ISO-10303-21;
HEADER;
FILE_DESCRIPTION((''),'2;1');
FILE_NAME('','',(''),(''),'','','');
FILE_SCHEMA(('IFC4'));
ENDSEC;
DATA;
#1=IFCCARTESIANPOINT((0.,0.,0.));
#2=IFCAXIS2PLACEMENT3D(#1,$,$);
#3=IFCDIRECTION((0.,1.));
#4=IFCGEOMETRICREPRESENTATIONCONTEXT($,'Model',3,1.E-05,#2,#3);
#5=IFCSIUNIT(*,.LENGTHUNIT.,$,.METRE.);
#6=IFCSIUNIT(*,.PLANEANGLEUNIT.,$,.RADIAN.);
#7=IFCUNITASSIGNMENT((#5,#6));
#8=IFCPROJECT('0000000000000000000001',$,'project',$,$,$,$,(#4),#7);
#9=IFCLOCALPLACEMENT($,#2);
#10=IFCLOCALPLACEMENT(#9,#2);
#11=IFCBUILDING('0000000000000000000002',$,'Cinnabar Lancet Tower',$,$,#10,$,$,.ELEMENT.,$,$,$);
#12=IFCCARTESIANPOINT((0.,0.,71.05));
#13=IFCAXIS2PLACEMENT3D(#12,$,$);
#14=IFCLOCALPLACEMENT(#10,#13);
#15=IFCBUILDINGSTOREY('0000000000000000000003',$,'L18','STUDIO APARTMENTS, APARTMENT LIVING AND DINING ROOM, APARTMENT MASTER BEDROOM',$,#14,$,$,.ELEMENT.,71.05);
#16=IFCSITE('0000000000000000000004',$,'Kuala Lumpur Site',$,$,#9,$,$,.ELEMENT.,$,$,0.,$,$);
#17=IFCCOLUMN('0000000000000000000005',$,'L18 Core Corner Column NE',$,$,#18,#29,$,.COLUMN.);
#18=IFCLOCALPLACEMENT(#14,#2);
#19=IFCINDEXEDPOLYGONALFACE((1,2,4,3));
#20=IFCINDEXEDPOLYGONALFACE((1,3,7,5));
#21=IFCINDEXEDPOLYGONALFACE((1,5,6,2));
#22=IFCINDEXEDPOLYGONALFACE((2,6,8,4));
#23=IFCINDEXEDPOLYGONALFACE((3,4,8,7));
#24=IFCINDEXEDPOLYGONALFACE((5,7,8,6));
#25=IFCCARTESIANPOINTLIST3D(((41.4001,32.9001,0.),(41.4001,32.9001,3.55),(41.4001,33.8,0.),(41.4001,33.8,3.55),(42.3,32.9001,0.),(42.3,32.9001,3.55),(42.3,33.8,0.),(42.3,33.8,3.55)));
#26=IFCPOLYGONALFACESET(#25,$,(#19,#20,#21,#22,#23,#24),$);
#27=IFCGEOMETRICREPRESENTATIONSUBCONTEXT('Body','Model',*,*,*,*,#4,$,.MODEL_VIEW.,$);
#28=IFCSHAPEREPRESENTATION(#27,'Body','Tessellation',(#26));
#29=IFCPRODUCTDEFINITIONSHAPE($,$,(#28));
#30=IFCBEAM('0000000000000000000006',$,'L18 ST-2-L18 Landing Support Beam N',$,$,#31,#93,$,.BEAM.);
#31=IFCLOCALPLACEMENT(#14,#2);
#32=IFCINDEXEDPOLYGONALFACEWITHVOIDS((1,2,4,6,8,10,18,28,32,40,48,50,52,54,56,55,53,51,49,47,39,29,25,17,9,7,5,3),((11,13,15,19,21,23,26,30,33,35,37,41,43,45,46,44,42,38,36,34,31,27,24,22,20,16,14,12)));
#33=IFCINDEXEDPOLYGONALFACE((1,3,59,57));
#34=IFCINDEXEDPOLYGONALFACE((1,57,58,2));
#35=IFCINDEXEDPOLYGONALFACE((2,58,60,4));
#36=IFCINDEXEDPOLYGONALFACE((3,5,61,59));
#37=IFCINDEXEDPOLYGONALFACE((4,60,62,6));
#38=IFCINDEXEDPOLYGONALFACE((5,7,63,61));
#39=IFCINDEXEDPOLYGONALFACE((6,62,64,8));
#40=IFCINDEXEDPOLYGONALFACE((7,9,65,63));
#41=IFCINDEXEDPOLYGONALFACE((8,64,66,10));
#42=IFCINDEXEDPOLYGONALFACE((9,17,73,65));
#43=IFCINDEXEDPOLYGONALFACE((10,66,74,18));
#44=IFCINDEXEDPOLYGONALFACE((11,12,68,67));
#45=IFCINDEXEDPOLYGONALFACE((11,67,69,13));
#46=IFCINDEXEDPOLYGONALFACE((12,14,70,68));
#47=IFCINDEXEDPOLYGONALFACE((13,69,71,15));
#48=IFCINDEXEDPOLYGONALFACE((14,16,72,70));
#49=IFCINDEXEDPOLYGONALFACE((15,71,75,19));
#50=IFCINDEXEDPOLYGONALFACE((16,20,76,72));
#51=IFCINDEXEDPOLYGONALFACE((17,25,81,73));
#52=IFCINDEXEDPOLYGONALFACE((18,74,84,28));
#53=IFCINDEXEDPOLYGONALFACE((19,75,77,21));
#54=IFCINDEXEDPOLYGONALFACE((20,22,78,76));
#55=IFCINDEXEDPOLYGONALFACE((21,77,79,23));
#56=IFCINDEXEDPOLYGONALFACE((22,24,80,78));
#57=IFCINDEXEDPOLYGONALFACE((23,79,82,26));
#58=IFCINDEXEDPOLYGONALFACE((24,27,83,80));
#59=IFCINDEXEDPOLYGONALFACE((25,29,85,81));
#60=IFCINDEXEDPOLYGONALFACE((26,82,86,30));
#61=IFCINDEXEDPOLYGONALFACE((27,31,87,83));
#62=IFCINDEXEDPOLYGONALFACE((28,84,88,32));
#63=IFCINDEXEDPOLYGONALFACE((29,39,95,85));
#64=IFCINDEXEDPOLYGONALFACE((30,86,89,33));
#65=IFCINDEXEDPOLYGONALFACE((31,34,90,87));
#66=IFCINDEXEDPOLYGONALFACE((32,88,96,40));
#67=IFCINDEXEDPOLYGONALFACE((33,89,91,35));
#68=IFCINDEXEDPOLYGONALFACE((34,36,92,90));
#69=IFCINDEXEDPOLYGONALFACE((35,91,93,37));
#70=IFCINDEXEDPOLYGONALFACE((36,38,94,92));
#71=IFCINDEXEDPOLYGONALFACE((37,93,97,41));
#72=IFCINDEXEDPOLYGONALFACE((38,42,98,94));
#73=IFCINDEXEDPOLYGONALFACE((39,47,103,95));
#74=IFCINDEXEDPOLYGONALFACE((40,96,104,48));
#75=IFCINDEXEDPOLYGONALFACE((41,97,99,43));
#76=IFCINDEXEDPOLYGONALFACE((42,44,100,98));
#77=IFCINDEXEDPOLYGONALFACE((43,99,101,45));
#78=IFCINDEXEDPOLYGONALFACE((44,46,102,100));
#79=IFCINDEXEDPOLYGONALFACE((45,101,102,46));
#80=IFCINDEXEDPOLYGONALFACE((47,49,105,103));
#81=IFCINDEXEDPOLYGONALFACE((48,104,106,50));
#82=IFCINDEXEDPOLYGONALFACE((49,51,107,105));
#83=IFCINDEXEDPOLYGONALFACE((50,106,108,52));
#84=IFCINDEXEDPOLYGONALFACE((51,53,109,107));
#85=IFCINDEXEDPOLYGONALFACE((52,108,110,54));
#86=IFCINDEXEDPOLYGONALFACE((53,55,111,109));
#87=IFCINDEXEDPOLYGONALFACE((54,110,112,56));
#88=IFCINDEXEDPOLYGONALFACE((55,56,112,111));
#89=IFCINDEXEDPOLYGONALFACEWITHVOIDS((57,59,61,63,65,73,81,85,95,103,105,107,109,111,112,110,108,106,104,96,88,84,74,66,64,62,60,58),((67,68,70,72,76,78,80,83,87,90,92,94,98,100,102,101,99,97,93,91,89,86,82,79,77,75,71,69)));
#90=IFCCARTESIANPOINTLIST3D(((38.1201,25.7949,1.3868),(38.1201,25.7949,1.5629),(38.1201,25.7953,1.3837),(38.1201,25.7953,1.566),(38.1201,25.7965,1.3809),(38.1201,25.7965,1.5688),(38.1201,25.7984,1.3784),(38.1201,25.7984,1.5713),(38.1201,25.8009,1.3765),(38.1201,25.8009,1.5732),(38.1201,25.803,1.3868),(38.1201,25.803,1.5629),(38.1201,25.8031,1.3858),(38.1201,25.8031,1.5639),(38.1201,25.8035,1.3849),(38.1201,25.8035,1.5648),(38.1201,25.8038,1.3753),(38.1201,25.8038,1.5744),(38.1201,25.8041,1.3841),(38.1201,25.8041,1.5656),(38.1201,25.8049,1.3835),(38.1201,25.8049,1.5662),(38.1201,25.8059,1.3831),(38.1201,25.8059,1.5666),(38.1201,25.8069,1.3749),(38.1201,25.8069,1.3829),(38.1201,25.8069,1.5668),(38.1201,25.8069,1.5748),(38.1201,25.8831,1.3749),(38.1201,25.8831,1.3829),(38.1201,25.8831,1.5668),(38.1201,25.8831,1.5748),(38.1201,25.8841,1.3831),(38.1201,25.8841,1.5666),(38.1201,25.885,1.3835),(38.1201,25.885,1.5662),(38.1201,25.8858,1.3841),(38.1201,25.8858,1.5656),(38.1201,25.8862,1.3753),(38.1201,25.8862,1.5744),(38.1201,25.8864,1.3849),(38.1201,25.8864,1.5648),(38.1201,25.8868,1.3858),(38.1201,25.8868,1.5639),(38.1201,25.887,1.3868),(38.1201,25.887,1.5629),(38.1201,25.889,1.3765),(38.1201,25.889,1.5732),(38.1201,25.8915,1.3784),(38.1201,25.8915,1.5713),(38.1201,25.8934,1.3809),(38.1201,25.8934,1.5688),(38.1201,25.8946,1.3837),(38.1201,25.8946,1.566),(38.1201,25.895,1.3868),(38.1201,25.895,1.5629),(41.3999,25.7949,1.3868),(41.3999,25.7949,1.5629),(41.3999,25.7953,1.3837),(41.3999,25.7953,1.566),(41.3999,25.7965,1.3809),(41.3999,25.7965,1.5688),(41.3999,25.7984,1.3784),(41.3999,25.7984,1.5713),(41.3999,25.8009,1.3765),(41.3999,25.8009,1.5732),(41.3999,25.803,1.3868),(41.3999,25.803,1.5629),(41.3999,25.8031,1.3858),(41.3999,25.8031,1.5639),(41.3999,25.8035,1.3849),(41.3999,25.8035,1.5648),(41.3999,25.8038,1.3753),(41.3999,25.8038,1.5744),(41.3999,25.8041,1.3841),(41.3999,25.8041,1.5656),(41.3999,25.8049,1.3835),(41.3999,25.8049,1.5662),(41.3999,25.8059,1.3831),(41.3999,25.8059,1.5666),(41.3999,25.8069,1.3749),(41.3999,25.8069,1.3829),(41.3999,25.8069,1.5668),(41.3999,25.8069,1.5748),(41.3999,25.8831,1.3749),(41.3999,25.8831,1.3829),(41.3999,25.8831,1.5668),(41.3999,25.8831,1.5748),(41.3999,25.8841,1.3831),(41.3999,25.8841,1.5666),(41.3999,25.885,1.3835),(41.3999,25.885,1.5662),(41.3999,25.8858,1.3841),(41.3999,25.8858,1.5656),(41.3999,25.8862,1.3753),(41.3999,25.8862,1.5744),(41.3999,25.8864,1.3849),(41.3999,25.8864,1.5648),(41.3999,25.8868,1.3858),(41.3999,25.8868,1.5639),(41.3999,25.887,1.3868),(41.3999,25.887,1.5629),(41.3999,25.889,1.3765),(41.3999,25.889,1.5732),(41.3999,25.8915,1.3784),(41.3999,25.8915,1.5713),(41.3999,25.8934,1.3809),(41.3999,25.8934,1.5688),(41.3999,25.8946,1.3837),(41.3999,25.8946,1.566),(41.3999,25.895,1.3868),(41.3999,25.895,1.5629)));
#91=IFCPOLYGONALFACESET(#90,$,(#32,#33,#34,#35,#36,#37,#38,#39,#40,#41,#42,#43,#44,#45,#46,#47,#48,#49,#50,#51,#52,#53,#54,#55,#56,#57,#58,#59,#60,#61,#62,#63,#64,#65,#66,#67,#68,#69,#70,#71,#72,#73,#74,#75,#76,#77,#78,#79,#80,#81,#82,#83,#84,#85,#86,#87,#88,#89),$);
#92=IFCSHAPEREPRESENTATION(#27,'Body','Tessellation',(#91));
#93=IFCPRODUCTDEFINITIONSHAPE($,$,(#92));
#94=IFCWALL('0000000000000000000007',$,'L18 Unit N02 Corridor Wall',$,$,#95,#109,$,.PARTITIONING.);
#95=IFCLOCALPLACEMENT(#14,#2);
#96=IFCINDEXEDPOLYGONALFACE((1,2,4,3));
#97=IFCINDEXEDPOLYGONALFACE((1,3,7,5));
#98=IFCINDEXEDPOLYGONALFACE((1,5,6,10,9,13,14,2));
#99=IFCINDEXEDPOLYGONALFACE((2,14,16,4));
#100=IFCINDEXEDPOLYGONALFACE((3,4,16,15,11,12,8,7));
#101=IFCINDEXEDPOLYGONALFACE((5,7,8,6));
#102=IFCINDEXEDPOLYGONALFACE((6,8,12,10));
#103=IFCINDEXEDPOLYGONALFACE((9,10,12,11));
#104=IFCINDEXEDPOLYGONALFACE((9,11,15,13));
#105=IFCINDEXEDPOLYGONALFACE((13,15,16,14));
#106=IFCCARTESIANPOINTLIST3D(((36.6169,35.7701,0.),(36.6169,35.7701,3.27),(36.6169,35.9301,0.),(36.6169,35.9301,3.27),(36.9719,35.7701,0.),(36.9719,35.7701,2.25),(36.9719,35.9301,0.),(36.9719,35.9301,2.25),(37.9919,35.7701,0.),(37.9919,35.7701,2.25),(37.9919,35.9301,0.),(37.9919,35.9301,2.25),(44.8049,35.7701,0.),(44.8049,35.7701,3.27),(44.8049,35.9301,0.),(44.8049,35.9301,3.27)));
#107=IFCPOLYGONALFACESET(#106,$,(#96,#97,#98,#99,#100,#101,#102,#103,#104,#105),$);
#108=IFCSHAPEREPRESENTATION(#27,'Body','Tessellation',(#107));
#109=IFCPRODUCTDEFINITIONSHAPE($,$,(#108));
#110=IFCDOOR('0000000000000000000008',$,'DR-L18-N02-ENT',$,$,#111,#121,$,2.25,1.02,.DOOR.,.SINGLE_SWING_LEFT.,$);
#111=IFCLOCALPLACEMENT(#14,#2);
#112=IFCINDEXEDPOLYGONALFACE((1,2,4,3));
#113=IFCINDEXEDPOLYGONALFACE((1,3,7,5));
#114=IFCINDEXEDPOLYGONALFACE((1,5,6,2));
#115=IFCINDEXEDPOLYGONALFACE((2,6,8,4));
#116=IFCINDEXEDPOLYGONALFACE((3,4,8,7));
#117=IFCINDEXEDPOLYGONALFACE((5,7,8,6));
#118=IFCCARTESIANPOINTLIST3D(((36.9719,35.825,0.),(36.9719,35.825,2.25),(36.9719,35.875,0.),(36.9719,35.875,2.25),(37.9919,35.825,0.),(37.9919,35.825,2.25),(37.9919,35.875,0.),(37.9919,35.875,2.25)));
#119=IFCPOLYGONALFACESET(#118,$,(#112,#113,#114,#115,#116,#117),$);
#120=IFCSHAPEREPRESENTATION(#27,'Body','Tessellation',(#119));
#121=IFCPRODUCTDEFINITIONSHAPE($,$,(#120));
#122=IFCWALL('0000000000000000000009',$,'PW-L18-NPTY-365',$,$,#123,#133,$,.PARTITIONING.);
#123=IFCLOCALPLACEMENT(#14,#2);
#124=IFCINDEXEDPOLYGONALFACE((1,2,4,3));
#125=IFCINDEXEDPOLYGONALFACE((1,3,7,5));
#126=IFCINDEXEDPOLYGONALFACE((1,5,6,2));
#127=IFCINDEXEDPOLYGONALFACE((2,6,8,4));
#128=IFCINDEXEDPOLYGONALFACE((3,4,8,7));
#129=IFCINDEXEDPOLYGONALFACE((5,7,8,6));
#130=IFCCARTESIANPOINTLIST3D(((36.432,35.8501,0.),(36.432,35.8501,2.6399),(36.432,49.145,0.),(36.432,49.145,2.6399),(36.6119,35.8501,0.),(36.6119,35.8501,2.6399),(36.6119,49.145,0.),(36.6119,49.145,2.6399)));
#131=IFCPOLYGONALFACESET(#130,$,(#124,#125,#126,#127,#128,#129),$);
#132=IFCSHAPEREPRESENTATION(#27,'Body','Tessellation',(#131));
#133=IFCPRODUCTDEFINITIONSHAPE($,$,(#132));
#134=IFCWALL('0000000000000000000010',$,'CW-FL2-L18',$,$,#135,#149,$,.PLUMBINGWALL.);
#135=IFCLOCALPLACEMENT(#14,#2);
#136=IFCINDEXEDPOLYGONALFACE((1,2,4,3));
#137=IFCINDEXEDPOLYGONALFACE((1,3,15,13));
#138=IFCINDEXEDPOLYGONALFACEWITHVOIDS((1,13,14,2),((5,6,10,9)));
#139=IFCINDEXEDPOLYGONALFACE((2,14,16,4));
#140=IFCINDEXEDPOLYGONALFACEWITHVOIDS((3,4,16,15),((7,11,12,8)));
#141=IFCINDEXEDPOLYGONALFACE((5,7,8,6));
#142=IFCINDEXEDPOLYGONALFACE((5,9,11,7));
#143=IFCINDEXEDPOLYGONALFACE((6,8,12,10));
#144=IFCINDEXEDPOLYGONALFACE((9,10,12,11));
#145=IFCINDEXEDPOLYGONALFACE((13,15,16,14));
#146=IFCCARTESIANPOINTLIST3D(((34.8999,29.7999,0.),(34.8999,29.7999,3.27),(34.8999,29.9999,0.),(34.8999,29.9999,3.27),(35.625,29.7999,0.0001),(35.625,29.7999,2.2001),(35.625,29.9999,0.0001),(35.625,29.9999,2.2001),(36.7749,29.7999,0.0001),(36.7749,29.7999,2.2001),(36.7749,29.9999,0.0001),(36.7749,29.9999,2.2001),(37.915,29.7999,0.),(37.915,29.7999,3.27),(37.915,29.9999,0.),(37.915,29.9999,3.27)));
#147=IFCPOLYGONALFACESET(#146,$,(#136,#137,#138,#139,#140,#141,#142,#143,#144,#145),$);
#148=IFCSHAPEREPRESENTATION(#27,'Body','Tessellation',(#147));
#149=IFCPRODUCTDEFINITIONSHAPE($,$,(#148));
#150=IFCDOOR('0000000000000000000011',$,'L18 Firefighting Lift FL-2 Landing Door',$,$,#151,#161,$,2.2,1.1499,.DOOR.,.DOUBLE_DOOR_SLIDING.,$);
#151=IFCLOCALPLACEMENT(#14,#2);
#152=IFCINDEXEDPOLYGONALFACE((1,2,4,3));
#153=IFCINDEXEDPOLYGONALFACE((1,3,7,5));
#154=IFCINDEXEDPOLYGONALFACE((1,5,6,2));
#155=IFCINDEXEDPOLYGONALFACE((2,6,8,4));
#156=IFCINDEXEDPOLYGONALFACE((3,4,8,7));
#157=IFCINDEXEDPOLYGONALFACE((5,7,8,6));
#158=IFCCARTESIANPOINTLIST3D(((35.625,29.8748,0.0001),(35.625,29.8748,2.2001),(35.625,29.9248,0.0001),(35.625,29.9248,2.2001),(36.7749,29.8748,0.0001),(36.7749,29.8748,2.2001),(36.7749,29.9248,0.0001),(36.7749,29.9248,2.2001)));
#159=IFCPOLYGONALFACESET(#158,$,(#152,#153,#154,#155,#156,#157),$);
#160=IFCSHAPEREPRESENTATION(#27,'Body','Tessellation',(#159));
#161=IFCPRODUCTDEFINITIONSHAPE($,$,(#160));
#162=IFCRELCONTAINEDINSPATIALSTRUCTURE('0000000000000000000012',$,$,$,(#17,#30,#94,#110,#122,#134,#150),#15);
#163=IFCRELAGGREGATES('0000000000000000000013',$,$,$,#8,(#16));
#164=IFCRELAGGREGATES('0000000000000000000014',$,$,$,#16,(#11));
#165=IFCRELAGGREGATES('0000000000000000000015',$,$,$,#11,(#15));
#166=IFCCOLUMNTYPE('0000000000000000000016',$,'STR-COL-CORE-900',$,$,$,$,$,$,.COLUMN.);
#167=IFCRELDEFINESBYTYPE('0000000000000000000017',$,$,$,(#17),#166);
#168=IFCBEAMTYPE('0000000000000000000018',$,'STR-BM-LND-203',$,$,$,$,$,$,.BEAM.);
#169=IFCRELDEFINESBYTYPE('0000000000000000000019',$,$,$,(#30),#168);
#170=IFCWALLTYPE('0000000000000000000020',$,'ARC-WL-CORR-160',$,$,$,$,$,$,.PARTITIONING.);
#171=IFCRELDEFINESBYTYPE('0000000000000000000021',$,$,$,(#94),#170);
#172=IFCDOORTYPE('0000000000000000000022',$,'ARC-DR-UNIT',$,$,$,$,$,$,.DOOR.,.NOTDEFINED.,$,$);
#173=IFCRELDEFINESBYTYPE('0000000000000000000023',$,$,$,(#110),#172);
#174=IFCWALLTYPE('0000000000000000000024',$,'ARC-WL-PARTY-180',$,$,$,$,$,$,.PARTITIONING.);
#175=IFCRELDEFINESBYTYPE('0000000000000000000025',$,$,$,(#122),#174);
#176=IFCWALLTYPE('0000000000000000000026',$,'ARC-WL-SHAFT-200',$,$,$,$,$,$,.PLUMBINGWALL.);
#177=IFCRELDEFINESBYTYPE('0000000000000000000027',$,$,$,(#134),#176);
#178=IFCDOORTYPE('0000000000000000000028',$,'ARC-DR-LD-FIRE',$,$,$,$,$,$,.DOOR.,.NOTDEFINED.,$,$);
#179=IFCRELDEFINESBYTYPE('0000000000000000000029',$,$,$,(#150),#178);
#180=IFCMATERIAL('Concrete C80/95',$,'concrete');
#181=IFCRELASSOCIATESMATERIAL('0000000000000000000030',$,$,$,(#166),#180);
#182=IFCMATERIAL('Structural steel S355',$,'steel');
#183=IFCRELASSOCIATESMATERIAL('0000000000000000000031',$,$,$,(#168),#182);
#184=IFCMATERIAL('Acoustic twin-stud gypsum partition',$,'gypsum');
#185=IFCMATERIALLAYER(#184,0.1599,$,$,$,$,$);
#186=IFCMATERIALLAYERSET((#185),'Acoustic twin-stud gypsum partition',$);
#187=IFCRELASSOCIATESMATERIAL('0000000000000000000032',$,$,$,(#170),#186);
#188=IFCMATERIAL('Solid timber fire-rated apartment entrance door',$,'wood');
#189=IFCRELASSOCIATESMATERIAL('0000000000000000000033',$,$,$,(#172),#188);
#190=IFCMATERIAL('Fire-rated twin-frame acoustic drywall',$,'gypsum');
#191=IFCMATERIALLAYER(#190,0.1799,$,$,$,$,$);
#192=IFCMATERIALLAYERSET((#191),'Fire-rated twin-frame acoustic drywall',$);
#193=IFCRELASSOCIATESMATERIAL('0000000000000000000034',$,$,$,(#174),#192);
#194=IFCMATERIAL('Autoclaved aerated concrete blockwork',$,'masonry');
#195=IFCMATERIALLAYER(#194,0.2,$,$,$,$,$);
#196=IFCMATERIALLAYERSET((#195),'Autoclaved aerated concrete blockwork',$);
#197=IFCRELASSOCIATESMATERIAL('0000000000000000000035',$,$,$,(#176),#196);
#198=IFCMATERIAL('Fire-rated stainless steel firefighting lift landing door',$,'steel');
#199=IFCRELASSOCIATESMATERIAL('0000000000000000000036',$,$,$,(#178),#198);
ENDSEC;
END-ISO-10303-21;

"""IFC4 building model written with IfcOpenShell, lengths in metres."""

from ifc_helpers import new_model, si_unit, direction, frame, frame_2d, origin, origin_2d, place, context, subcontext, project, spatial, rectangle, hollow_rectangle, extrude, material, layer, layer_set, material_profile, profile_set, type_object, element, fill, save


model = new_model("IFC4")

# Units and contexts
model_context = context("Model", 3, precision=1e-05, world=origin(), true_north=direction((0.0, 1.0)))
body_context = subcontext(model_context, "Body", "Model", "MODEL_VIEW")
ifc_project = project(units=[si_unit("LENGTHUNIT", "METRE"), si_unit("PLANEANGLEUNIT", "RADIAN")], contexts=[model_context])

# Site, building, storey
site_placement = place(None, origin())
site = spatial("IfcSite", under=ifc_project, at=site_placement, Name="Kuala Lumpur Site", CompositionType="ELEMENT", RefElevation=0.0)
building_placement = place(site_placement, origin())
building = spatial("IfcBuilding", under=site, at=building_placement, Name="Cinnabar Lancet Tower", CompositionType="ELEMENT")
storey_placement = place(building_placement, frame((0.0, 0.0, 71.05)))
storey = spatial("IfcBuildingStorey", under=building, at=storey_placement, Name="L18", Description="STUDIO APARTMENTS, APARTMENT LIVING AND DINING ROOM, APARTMENT MASTER BEDROOM", CompositionType="ELEMENT", Elevation=71.05)

# Column
ifc_material_1 = material(Name="Concrete C80/95", Category="concrete")
ifc_material_profile_1 = material_profile(ifc_material_1, rectangle(XDim=0.8999, YDim=0.8999, at=origin_2d()), Name="RC-COL 900x900")
ifc_profile_set_1 = profile_set([ifc_material_profile_1], Name="Concrete C80/95")
column_type = type_object("IfcColumnType", Name="STR-COL-CORE-900", PredefinedType="COLUMN", material=ifc_profile_set_1)
column_placement = place(storey_placement, frame((41.8501, 33.3501, 0.0), z_axis=(0.0, 0.0, 1.0), x_axis=(1.0, 0.0, 0.0)))
element("IfcColumn", 1, at=column_placement, inside=storey, type_object=column_type, Name="L18 Core Corner Column NE", PredefinedType="COLUMN", context=body_context, shape_type="SweptSolid", body=[
    extrude(rectangle(XDim=0.8999, YDim=0.8999, at=origin_2d()), origin(), (0.0, 0.0, 1.0), 3.55),
])

# Beam
ifc_material_2 = material(Name="Structural steel S355", Category="steel")
ifc_material_profile_2 = material_profile(ifc_material_2, hollow_rectangle(XDim=0.1001, YDim=0.2, WallThickness=0.0081, InnerFilletRadius=0.0039, OuterFilletRadius=0.012, at=origin_2d()), Name="RHS 200x100x8")
ifc_profile_set_2 = profile_set([ifc_material_profile_2], Name="Structural steel S355")
beam_type = type_object("IfcBeamType", Name="STR-BM-LND-203", PredefinedType="BEAM", material=ifc_profile_set_2)
beam_placement = place(storey_placement, frame((38.1201, 25.845, 1.4749), z_axis=(1.0, 0.0, 0.0), x_axis=(0.0, 1.0, 0.0)))
element("IfcBeam", 2, at=beam_placement, inside=storey, type_object=beam_type, Name="L18 ST-2-L18 Landing Support Beam N", PredefinedType="BEAM", context=body_context, shape_type="SweptSolid", body=[
    extrude(hollow_rectangle(XDim=0.1001, YDim=0.2, WallThickness=0.0081, InnerFilletRadius=0.0039, OuterFilletRadius=0.012, at=origin_2d()), origin(), (0.0, 0.0, 1.0), 3.2798),
])

# Wall, opening, door
ifc_material_3 = material(Name="Acoustic twin-stud gypsum partition", Category="gypsum")
ifc_layer_1 = layer(ifc_material_3, 0.1599)
ifc_layer_set_1 = layer_set([ifc_layer_1], Name="Acoustic twin-stud gypsum partition")
wall_type_1 = type_object("IfcWallType", Name="ARC-WL-CORR-160", PredefinedType="PARTITIONING", material=ifc_layer_set_1)
wall_1_placement = place(storey_placement, frame((36.6169, 35.8501, 0.0), z_axis=(0.0, 0.0, 1.0), x_axis=(1.0, 0.0, 0.0)))
wall_1 = element("IfcWall", 3, at=wall_1_placement, inside=storey, type_object=wall_type_1, Name="L18 Unit N02 Corridor Wall", PredefinedType="PARTITIONING", context=body_context, shape_type="SweptSolid", body=[
    extrude(rectangle(XDim=8.188, YDim=0.1599, at=frame_2d((4.094, 0.0))), origin(), (0.0, 0.0, 1.0), 3.27),
])
opening_1_placement = place(wall_1_placement, frame((0.355, 0.0, 0.0)))
opening_1 = element("IfcOpeningElement", 4, at=opening_1_placement, cuts=wall_1, PredefinedType="OPENING", context=body_context, shape_type="SweptSolid", body=[
    extrude(rectangle(XDim=1.02, YDim=2.25, at=frame_2d((0.51, 1.125))), frame((0.0, 0.0898, 0.0), z_axis=(0.0, -1.0, 0.0), x_axis=(1.0, 0.0, 0.0)), (0.0, 0.0, 1.0), 0.1799),
])
ifc_material_4 = material(Name="Solid timber fire-rated apartment entrance door", Category="wood")
door_type_1 = type_object("IfcDoorType", Name="ARC-DR-UNIT", OperationType="NOTDEFINED", PredefinedType="DOOR", material=ifc_material_4)
door_1_placement = place(opening_1_placement, origin())
door_1 = element("IfcDoor", 5, at=door_1_placement, inside=storey, type_object=door_type_1, Name="DR-L18-N02-ENT", OperationType="SINGLE_SWING_LEFT", OverallHeight=2.25, OverallWidth=1.02, PredefinedType="DOOR", context=body_context, shape_type="SweptSolid", body=[
    extrude(rectangle(XDim=1.02, YDim=2.25, at=frame_2d((0.51, 1.125))), frame((0.0, 0.0249, 0.0), z_axis=(0.0, -1.0, 0.0), x_axis=(1.0, 0.0, 0.0)), (0.0, 0.0, 1.0), 0.05),
])
fill(opening_1, door_1)

# Wall
ifc_material_5 = material(Name="Fire-rated twin-frame acoustic drywall", Category="gypsum")
ifc_layer_2 = layer(ifc_material_5, 0.1799)
ifc_layer_set_2 = layer_set([ifc_layer_2], Name="Fire-rated twin-frame acoustic drywall")
wall_type_2 = type_object("IfcWallType", Name="ARC-WL-PARTY-180", PredefinedType="PARTITIONING", material=ifc_layer_set_2)
wall_2_placement = place(storey_placement, frame((36.522, 35.8501, 0.0), z_axis=(0.0, 0.0, 1.0), x_axis=(0.0, 1.0, 0.0)))
element("IfcWall", 6, at=wall_2_placement, inside=storey, type_object=wall_type_2, Name="PW-L18-NPTY-365", PredefinedType="PARTITIONING", context=body_context, shape_type="SweptSolid", body=[
    extrude(rectangle(XDim=13.2949, YDim=0.1799, at=frame_2d((6.6475, 0.0))), origin(), (0.0, 0.0, 1.0), 2.6399),
])

# Wall, opening, door
ifc_material_6 = material(Name="Autoclaved aerated concrete blockwork", Category="masonry")
ifc_layer_3 = layer(ifc_material_6, 0.2)
ifc_layer_set_3 = layer_set([ifc_layer_3], Name="Autoclaved aerated concrete blockwork")
wall_type_3 = type_object("IfcWallType", Name="ARC-WL-SHAFT-200", PredefinedType="PLUMBINGWALL", material=ifc_layer_set_3)
wall_3_placement = place(storey_placement, frame((34.8999, 29.8999, 0.0), z_axis=(0.0, 0.0, 1.0), x_axis=(1.0, 0.0, 0.0)))
wall_3 = element("IfcWall", 7, at=wall_3_placement, inside=storey, type_object=wall_type_3, Name="CW-FL2-L18", PredefinedType="PLUMBINGWALL", context=body_context, shape_type="SweptSolid", body=[
    extrude(rectangle(XDim=3.0151, YDim=0.2, at=frame_2d((1.5076, 0.0))), origin(), (0.0, 0.0, 1.0), 3.27),
])
opening_2_placement = place(wall_3_placement, frame((0.7251, 0.0, 0.0)))
opening_2 = element("IfcOpeningElement", 8, at=opening_2_placement, cuts=wall_3, PredefinedType="OPENING", context=body_context, shape_type="SweptSolid", body=[
    extrude(rectangle(XDim=1.1499, YDim=2.2, at=frame_2d((0.575, 1.1001))), frame((0.0, 0.1099, 0.0), z_axis=(0.0, -1.0, 0.0), x_axis=(1.0, 0.0, 0.0)), (0.0, 0.0, 1.0), 0.22),
])
ifc_material_7 = material(Name="Fire-rated stainless steel firefighting lift landing door", Category="steel")
door_type_2 = type_object("IfcDoorType", Name="ARC-DR-LD-FIRE", OperationType="NOTDEFINED", PredefinedType="DOOR", material=ifc_material_7)
door_2_placement = place(opening_2_placement, origin())
door_2 = element("IfcDoor", 9, at=door_2_placement, inside=storey, type_object=door_type_2, Name="L18 Firefighting Lift FL-2 Landing Door", OperationType="DOUBLE_DOOR_SLIDING", OverallHeight=2.2, OverallWidth=1.1499, PredefinedType="DOOR", context=body_context, shape_type="SweptSolid", body=[
    extrude(rectangle(XDim=1.1499, YDim=2.2, at=frame_2d((0.575, 1.1001))), frame((0.0, 0.0249, 0.0), z_axis=(0.0, -1.0, 0.0), x_axis=(1.0, 0.0, 0.0)), (0.0, 0.0, 1.0), 0.05),
])
fill(opening_2, door_2)

save(model, "model.ifc")
